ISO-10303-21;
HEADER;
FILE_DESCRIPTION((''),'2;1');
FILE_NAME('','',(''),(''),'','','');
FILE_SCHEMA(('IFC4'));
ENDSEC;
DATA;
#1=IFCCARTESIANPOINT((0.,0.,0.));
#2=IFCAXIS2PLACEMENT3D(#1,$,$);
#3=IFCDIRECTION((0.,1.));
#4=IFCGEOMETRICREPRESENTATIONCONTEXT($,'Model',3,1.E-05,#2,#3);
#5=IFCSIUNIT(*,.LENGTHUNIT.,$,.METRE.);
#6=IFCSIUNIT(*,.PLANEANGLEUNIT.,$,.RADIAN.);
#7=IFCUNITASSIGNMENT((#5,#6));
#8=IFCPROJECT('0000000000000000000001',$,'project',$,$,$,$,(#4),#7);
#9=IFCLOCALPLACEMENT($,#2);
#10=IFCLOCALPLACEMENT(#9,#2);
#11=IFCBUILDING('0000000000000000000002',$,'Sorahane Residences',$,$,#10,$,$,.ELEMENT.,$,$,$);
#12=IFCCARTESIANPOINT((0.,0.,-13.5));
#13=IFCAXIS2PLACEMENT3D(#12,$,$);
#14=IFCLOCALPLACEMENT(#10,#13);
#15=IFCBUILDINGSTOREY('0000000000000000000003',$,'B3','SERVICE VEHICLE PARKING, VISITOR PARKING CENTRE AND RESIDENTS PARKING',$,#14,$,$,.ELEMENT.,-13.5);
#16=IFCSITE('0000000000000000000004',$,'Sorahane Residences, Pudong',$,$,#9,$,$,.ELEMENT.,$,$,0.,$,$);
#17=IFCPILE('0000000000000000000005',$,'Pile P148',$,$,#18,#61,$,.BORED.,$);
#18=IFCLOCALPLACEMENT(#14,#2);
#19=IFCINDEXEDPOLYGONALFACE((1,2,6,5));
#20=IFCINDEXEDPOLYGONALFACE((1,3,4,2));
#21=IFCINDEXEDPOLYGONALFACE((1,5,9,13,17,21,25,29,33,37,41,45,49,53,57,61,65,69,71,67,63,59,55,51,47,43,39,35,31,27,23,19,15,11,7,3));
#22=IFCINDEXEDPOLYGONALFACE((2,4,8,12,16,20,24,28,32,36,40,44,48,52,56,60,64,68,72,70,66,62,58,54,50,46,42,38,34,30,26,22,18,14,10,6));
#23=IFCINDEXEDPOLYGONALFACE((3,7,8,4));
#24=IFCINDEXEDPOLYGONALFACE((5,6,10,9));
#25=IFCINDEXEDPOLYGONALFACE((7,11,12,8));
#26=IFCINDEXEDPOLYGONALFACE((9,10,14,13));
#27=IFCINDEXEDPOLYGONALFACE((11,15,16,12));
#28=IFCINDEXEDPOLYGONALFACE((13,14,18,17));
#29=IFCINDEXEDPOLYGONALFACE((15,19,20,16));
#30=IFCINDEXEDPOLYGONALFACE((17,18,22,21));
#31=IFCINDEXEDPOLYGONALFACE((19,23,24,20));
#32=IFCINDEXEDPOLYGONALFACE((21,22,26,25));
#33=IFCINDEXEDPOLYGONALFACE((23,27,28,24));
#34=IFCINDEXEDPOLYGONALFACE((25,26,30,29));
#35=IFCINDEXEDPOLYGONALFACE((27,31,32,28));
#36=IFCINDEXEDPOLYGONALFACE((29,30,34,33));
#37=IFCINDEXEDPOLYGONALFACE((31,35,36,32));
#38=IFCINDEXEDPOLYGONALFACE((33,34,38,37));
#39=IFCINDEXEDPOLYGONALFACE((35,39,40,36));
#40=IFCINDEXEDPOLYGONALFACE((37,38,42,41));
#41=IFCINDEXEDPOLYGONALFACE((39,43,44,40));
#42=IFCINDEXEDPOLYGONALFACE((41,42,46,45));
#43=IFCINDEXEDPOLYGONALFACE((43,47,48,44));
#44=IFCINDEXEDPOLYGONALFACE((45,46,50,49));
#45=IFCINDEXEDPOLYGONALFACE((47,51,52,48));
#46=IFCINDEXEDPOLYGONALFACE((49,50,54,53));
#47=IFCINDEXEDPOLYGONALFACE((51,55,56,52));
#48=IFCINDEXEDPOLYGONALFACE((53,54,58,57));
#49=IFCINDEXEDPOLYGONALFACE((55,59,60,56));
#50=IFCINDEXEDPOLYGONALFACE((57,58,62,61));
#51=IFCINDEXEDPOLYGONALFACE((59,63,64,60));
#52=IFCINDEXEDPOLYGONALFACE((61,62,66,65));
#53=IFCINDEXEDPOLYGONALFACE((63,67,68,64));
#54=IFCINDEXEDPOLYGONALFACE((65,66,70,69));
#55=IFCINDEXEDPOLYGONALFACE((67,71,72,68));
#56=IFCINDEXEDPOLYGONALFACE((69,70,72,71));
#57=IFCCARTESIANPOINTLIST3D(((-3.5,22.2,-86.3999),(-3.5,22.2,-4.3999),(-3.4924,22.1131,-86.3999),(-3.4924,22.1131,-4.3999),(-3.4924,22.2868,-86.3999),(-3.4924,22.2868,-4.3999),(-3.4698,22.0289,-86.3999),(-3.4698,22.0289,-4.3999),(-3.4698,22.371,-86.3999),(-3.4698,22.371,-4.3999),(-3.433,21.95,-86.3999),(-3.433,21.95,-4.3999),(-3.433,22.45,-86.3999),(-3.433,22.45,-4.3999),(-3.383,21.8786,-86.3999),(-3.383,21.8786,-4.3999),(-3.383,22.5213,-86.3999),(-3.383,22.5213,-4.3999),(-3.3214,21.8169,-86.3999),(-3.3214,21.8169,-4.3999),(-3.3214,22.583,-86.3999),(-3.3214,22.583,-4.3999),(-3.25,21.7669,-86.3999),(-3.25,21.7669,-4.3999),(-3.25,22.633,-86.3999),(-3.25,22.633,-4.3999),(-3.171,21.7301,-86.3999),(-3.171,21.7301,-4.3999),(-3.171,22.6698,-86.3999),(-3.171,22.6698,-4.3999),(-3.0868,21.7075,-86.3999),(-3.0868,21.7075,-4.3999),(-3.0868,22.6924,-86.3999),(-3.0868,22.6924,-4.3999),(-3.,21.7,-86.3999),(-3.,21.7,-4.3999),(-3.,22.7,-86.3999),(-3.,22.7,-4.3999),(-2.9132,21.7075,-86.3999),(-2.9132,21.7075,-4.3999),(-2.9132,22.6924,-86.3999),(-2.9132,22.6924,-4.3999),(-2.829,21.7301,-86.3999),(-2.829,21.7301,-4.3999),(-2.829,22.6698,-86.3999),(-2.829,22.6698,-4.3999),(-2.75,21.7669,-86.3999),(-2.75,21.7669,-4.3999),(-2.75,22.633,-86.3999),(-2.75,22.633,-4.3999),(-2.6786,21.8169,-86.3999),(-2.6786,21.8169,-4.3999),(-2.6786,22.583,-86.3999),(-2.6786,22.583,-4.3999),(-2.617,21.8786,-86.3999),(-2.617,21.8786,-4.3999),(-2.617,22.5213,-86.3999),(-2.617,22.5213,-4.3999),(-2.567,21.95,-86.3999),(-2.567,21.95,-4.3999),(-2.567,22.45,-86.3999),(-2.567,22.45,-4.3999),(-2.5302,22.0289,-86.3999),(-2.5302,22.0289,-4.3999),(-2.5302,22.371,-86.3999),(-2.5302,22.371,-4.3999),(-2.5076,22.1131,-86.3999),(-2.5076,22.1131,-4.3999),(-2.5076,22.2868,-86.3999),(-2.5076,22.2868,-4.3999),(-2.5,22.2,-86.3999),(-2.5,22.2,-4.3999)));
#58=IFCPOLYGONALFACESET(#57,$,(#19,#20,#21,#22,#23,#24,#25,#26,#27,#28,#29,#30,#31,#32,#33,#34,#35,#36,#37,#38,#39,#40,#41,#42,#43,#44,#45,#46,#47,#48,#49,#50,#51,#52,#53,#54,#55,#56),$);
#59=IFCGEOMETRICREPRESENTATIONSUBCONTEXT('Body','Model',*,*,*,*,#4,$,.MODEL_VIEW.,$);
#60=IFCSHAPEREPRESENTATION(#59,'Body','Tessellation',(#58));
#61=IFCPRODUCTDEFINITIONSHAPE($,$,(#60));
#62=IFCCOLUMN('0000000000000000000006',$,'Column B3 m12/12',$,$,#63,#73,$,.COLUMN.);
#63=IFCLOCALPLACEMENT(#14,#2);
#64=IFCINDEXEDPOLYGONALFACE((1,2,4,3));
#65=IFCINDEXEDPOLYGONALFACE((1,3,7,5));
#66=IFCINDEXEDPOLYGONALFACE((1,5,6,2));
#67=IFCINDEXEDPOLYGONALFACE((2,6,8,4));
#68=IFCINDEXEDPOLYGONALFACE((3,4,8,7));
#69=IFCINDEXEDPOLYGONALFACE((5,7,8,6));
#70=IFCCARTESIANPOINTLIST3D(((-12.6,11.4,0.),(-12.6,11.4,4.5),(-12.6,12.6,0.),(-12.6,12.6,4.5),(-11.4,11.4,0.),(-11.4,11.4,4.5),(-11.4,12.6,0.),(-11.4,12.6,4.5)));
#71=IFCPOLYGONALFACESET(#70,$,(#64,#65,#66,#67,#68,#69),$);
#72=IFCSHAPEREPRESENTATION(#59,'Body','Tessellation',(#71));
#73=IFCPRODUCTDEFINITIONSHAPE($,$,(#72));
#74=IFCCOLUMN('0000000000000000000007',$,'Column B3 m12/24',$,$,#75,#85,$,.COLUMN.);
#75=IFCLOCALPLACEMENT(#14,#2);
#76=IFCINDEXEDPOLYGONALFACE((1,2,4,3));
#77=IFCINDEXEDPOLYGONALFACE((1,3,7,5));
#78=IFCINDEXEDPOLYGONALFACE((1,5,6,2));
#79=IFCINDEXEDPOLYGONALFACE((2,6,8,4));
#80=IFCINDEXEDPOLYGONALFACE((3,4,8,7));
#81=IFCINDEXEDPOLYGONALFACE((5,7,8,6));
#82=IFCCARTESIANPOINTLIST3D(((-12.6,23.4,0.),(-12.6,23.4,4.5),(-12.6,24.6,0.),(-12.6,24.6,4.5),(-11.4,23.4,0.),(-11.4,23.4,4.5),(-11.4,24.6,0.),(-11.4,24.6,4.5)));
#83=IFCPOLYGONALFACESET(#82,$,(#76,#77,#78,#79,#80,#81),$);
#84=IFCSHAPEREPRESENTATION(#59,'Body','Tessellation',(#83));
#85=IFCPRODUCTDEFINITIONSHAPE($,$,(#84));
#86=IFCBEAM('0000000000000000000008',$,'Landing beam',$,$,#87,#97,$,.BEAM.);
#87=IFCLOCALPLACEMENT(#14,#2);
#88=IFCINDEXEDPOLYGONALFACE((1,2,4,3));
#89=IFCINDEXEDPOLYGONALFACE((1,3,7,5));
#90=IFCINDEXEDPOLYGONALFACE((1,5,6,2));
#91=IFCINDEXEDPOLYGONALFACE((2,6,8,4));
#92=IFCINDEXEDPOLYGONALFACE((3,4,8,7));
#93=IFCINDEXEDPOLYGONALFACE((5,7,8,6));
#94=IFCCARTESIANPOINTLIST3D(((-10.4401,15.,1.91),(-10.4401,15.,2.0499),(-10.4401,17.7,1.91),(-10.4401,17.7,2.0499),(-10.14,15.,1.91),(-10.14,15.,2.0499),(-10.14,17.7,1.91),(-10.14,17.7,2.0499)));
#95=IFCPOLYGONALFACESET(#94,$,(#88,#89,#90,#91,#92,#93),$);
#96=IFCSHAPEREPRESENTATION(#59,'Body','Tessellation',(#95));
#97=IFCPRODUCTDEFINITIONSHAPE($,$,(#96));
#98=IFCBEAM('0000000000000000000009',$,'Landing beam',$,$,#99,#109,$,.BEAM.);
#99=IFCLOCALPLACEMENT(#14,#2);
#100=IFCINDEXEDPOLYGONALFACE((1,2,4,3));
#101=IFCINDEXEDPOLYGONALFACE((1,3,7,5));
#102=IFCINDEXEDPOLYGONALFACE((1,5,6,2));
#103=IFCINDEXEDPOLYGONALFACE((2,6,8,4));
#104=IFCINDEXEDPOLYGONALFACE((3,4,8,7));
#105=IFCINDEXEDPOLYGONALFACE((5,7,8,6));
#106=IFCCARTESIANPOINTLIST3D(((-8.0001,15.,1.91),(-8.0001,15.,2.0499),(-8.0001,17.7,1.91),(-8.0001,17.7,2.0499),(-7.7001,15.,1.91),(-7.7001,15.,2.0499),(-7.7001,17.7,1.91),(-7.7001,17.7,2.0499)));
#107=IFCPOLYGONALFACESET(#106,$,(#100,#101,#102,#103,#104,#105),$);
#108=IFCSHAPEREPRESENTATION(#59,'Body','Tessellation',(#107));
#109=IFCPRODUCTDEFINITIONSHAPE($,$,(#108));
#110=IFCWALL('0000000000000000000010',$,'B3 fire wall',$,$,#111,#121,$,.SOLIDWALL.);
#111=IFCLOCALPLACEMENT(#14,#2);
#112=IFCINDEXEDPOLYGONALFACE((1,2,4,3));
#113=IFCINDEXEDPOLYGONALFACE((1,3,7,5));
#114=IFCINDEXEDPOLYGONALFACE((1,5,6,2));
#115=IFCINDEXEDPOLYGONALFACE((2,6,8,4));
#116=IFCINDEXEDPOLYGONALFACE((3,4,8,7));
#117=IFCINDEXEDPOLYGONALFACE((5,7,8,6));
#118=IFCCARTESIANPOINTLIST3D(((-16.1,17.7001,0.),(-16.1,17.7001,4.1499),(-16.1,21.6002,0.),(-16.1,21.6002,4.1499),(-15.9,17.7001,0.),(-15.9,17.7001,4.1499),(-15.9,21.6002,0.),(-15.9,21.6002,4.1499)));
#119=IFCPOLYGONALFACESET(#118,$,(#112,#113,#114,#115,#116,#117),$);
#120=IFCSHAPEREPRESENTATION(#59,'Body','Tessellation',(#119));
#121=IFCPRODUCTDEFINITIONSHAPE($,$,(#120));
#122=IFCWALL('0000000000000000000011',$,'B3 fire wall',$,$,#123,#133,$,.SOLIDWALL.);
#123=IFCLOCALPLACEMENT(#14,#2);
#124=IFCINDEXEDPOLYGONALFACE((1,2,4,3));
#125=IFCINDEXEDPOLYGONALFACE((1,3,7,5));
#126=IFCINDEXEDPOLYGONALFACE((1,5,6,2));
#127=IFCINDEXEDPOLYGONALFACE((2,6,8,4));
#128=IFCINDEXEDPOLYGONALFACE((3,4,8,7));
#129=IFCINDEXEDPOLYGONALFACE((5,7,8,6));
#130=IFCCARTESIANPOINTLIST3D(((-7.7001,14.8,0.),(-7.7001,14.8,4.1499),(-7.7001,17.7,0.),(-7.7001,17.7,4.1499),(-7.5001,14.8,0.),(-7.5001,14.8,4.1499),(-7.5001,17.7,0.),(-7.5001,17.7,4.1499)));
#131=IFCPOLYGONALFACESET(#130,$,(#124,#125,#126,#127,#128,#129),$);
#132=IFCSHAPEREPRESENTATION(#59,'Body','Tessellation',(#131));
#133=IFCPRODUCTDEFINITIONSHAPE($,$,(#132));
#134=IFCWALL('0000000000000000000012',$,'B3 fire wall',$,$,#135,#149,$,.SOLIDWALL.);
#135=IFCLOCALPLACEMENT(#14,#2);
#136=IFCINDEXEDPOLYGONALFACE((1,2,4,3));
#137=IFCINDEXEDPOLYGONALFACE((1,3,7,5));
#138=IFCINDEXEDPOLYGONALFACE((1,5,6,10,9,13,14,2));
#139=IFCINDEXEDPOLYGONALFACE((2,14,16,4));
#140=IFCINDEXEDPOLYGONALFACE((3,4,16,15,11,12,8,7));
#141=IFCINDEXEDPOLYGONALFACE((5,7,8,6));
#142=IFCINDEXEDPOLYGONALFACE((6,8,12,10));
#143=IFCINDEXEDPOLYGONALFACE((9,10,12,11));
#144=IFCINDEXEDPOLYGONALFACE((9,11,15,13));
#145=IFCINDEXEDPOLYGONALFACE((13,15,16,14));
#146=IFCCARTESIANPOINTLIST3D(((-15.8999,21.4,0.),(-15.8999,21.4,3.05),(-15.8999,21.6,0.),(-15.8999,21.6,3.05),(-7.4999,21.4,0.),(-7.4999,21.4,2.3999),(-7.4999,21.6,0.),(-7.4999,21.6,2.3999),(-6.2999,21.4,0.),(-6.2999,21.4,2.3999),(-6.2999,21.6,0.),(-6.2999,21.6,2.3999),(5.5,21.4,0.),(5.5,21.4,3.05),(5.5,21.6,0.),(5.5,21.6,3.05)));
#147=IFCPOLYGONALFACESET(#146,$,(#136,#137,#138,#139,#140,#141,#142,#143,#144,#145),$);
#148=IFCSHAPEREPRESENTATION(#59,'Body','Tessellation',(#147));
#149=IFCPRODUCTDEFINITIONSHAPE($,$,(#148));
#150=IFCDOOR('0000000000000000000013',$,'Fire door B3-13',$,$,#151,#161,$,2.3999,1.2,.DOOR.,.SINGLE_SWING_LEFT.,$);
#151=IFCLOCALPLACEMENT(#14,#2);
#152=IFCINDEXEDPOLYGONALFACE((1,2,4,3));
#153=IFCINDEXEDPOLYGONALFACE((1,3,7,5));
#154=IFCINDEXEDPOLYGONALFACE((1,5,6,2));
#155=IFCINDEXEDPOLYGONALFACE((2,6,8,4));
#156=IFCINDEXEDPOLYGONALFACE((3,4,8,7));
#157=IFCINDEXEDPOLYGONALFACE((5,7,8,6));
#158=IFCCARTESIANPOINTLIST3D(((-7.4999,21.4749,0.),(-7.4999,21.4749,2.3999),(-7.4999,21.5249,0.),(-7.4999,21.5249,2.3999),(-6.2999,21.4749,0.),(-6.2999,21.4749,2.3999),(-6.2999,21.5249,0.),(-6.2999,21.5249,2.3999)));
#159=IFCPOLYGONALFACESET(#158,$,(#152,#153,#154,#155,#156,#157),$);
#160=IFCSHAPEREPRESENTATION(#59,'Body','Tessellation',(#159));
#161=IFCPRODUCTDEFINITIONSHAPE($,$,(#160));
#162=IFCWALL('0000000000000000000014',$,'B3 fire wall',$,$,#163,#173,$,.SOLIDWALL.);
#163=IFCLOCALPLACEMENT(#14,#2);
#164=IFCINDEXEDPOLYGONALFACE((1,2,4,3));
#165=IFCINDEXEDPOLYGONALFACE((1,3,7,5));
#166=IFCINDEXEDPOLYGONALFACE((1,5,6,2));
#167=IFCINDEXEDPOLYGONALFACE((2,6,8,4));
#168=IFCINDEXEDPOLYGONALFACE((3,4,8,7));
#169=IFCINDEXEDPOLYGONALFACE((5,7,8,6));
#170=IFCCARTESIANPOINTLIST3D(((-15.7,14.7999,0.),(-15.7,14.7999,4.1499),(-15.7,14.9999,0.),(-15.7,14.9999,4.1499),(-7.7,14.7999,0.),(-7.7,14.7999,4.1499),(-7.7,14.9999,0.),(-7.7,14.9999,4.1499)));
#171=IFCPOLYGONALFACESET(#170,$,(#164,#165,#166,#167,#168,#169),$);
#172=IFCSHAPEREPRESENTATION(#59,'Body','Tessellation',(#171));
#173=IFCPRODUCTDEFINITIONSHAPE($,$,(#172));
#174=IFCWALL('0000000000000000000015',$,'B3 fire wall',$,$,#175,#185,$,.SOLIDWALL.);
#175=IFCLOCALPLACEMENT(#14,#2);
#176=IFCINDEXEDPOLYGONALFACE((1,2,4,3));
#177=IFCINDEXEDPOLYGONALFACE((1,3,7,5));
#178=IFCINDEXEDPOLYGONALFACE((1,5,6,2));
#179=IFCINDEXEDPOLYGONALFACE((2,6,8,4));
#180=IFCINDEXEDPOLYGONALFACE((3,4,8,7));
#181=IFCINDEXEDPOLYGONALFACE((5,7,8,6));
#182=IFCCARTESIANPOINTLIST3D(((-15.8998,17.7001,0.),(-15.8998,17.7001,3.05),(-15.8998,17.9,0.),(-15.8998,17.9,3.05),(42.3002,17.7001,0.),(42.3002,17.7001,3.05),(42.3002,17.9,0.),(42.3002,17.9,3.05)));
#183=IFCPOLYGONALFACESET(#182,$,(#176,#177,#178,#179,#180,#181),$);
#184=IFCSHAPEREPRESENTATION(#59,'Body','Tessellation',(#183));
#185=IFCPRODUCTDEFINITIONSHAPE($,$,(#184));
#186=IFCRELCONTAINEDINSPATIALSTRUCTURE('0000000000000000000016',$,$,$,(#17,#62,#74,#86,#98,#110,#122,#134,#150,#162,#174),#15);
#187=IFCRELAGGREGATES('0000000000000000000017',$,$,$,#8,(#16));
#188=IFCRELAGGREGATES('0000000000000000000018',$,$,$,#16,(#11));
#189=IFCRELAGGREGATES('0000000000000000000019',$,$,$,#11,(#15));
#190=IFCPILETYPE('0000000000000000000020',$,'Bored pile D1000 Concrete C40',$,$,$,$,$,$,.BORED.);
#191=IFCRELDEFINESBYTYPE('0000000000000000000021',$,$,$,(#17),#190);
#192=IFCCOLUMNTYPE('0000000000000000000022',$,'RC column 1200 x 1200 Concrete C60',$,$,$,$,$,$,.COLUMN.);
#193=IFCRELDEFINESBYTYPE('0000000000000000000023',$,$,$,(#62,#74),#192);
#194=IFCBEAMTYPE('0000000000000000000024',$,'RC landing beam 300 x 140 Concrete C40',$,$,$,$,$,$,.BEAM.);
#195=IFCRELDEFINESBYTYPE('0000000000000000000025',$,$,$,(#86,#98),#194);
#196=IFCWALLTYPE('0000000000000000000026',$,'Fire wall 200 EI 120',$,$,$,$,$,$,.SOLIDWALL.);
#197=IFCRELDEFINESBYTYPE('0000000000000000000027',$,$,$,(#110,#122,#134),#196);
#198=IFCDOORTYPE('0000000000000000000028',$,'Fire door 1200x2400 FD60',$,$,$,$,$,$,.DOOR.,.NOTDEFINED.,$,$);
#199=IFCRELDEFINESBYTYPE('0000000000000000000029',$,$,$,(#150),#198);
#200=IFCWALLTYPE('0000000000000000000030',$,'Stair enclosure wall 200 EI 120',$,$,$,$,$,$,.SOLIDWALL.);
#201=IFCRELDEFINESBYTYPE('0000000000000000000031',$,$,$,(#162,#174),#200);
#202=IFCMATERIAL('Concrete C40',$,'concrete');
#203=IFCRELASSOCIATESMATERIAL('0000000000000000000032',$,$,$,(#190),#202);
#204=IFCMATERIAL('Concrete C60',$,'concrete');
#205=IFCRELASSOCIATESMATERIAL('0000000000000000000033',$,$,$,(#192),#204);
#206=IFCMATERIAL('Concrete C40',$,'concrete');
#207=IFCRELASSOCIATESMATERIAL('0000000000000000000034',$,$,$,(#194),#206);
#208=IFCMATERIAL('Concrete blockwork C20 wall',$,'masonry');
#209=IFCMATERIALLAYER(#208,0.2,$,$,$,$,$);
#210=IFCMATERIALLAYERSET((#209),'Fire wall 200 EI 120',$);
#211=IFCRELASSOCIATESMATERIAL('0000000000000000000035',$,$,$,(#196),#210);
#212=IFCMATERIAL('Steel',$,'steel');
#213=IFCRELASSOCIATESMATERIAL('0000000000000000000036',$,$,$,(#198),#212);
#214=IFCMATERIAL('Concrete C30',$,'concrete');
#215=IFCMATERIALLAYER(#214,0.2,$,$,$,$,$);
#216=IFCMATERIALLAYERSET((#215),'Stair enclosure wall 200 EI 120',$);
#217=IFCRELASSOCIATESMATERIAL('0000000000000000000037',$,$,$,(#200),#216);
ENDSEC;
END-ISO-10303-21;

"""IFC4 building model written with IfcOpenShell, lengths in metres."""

from ifc_helpers import new_model, si_unit, direction, frame, frame_2d, origin, origin_2d, place, context, subcontext, project, spatial, rectangle, circle, extrude, material, layer, layer_set, material_profile, profile_set, type_object, element, fill, save


model = new_model("IFC4")

# Units and contexts
model_context = context("Model", 3, precision=1e-05, world=origin(), true_north=direction((0.0, 1.0)))
body_context = subcontext(model_context, "Body", "Model", "MODEL_VIEW")
ifc_project = project(units=[si_unit("LENGTHUNIT", "METRE"), si_unit("PLANEANGLEUNIT", "RADIAN")], contexts=[model_context])

# Site, building, storey
site_placement = place(None, origin())
site = spatial("IfcSite", under=ifc_project, at=site_placement, Name="Sorahane Residences, Pudong", CompositionType="ELEMENT", RefElevation=0.0)
building_placement = place(site_placement, origin())
building = spatial("IfcBuilding", under=site, at=building_placement, Name="Sorahane Residences", CompositionType="ELEMENT")
storey_placement = place(building_placement, frame((0.0, 0.0, -13.5)))
storey = spatial("IfcBuildingStorey", under=building, at=storey_placement, Name="B3", Description="SERVICE VEHICLE PARKING, VISITOR PARKING CENTRE AND RESIDENTS PARKING", CompositionType="ELEMENT", Elevation=-13.5)

# Pile
ifc_material_1 = material(Name="Concrete C40", Category="concrete")
ifc_material_profile_1 = material_profile(ifc_material_1, circle(Radius=0.5, at=origin_2d()), Name="D1000")
ifc_profile_set_1 = profile_set([ifc_material_profile_1], Name="Concrete C40")
pile_type = type_object("IfcPileType", Name="Bored pile D1000 Concrete C40", PredefinedType="BORED", material=ifc_profile_set_1)
for number, where, z_axis, x_axis, name in (
    (1, (-3.0, 22.2, -4.3999), (0.0, 0.0, -1.0), (1.0, 0.0, 0.0), "Pile P148"),
):
    element("IfcPile", number, at=place(storey_placement, frame(where, z_axis=z_axis, x_axis=x_axis)), inside=storey, type_object=pile_type, Name=name, PredefinedType="BORED", context=body_context, shape_type="SweptSolid", body=[
        extrude(circle(Radius=0.5, at=origin_2d()), origin(), (0.0, 0.0, 1.0), 82.0),
    ])

# Columns
ifc_material_2 = material(Name="Concrete C60", Category="concrete")
ifc_material_profile_2 = material_profile(ifc_material_2, rectangle(XDim=1.2, YDim=1.2, at=origin_2d()), Name="1200x1200")
ifc_profile_set_2 = profile_set([ifc_material_profile_2], Name="Concrete C60")
column_type = type_object("IfcColumnType", Name="RC column 1200 x 1200 Concrete C60", PredefinedType="COLUMN", material=ifc_profile_set_2)
for number, where, z_axis, x_axis, name in (
    (2, (-12.0, 12.0, 0.0), (0.0, 0.0, 1.0), (1.0, 0.0, 0.0), "Column B3 m12/12"),
    (3, (-12.0, 24.0, 0.0), (0.0, 0.0, 1.0), (1.0, 0.0, 0.0), "Column B3 m12/24"),
):
    element("IfcColumn", number, at=place(storey_placement, frame(where, z_axis=z_axis, x_axis=x_axis)), inside=storey, type_object=column_type, Name=name, PredefinedType="COLUMN", context=body_context, shape_type="SweptSolid", body=[
        extrude(rectangle(XDim=1.2, YDim=1.2, at=origin_2d()), origin(), (0.0, 0.0, 1.0), 4.5),
    ])

# Beams
ifc_material_3 = material(Name="Concrete C40", Category="concrete")
ifc_material_profile_3 = material_profile(ifc_material_3, rectangle(XDim=0.3, YDim=0.1399, at=origin_2d()), Name="300x140")
ifc_profile_set_3 = profile_set([ifc_material_profile_3], Name="Concrete C40")
beam_type = type_object("IfcBeamType", Name="RC landing beam 300 x 140 Concrete C40", PredefinedType="BEAM", material=ifc_profile_set_3)
for number, where, z_axis, x_axis, name in (
    (4, (-10.29, 15.0, 1.98), (0.0, 1.0, 0.0), (-1.0, 0.0, 0.0), "Landing beam"),
    (5, (-7.8501, 15.0, 1.98), (0.0, 1.0, 0.0), (-1.0, 0.0, 0.0), "Landing beam"),
):
    element("IfcBeam", number, at=place(storey_placement, frame(where, z_axis=z_axis, x_axis=x_axis)), inside=storey, type_object=beam_type, Name=name, PredefinedType="BEAM", context=body_context, shape_type="SweptSolid", body=[
        extrude(rectangle(XDim=0.3, YDim=0.1399, at=origin_2d()), origin(), (0.0, 0.0, 1.0), 2.7),
    ])

# Wall
ifc_material_4 = material(Name="Concrete blockwork C20 wall", Category="masonry")
ifc_layer_1 = layer(ifc_material_4, 0.2)
ifc_layer_set_1 = layer_set([ifc_layer_1], Name="Fire wall 200 EI 120")
wall_type_1 = type_object("IfcWallType", Name="Fire wall 200 EI 120", PredefinedType="SOLIDWALL", material=ifc_layer_set_1)
wall_1_placement = place(storey_placement, frame((-16.0, 17.7, 0.0), z_axis=(0.0, 0.0, 1.0), x_axis=(0.0, 1.0, 0.0)))
element("IfcWall", 6, at=wall_1_placement, inside=storey, type_object=wall_type_1, Name="B3 fire wall", PredefinedType="SOLIDWALL", context=body_context, shape_type="SweptSolid", body=[
    extrude(rectangle(XDim=3.9001, YDim=0.2, at=frame_2d((1.9502, 0.0))), origin(), (0.0, 0.0, 1.0), 4.1499),
])

# Wall
wall_2_placement = place(storey_placement, frame((-7.6001, 14.8, 0.0), z_axis=(0.0, 0.0, 1.0), x_axis=(0.0, 1.0, 0.0)))
element("IfcWall", 7, at=wall_2_placement, inside=storey, type_object=wall_type_1, Name="B3 fire wall", PredefinedType="SOLIDWALL", context=body_context, shape_type="SweptSolid", body=[
    extrude(rectangle(XDim=2.8999, YDim=0.2, at=frame_2d((1.45, 0.0))), origin(), (0.0, 0.0, 1.0), 4.1499),
])

# Wall, opening, door
wall_3_placement = place(storey_placement, frame((-15.8999, 21.5, 0.0), z_axis=(0.0, 0.0, 1.0), x_axis=(1.0, 0.0, 0.0)))
wall_3 = element("IfcWall", 8, at=wall_3_placement, inside=storey, type_object=wall_type_1, Name="B3 fire wall", PredefinedType="SOLIDWALL", context=body_context, shape_type="SweptSolid", body=[
    extrude(rectangle(XDim=21.3999, YDim=0.2, at=frame_2d((10.7, 0.0))), origin(), (0.0, 0.0, 1.0), 3.05),
])
opening_1_placement = place(wall_3_placement, frame((8.3999, 0.0, 0.0)))
opening_1 = element("IfcOpeningElement", 9, at=opening_1_placement, cuts=wall_3, PredefinedType="OPENING", context=body_context, shape_type="SweptSolid", body=[
    extrude(rectangle(XDim=1.2, YDim=2.3999, at=frame_2d((0.6001, 1.2))), frame((0.0, 0.1099, 0.0), z_axis=(0.0, -1.0, 0.0), x_axis=(1.0, 0.0, 0.0)), (0.0, 0.0, 1.0), 0.22),
])
ifc_material_5 = material(Name="Steel", Category="steel")
door_type_1 = type_object("IfcDoorType", Name="Fire door 1200x2400 FD60", OperationType="NOTDEFINED", PredefinedType="DOOR", material=ifc_material_5)
door_1_placement = place(opening_1_placement, origin())
door_1 = element("IfcDoor", 10, at=door_1_placement, inside=storey, type_object=door_type_1, Name="Fire door B3-13", OperationType="SINGLE_SWING_LEFT", OverallHeight=2.3999, OverallWidth=1.2, PredefinedType="DOOR", context=body_context, shape_type="SweptSolid", body=[
    extrude(rectangle(XDim=1.2, YDim=2.3999, at=frame_2d((0.6001, 1.2))), frame((0.0, 0.0249, 0.0), z_axis=(0.0, -1.0, 0.0), x_axis=(1.0, 0.0, 0.0)), (0.0, 0.0, 1.0), 0.05),
])
fill(opening_1, door_1)

# Walls
ifc_material_6 = material(Name="Concrete C30", Category="concrete")
ifc_layer_2 = layer(ifc_material_6, 0.2)
ifc_layer_set_2 = layer_set([ifc_layer_2], Name="Stair enclosure wall 200 EI 120")
wall_type_2 = type_object("IfcWallType", Name="Stair enclosure wall 200 EI 120", PredefinedType="SOLIDWALL", material=ifc_layer_set_2)
wall_4_placement = place(storey_placement, frame((-15.7, 14.8999, 0.0), z_axis=(0.0, 0.0, 1.0), x_axis=(1.0, 0.0, 0.0)))
element("IfcWall", 11, at=wall_4_placement, inside=storey, type_object=wall_type_2, Name="B3 fire wall", PredefinedType="SOLIDWALL", context=body_context, shape_type="SweptSolid", body=[
    extrude(rectangle(XDim=8.0, YDim=0.2, at=frame_2d((4.0, 0.0))), origin(), (0.0, 0.0, 1.0), 4.1499),
])
wall_5_placement = place(storey_placement, frame((-15.8999, 17.8, 0.0), z_axis=(0.0, 0.0, 1.0), x_axis=(1.0, 0.0, 0.0)))
element("IfcWall", 12, at=wall_5_placement, inside=storey, type_object=wall_type_2, Name="B3 fire wall", PredefinedType="SOLIDWALL", context=body_context, shape_type="SweptSolid", body=[
    extrude(rectangle(XDim=58.2, YDim=0.2, at=frame_2d((29.1001, 0.0))), origin(), (0.0, 0.0, 1.0), 3.05),
])

save(model, "model.ifc")
